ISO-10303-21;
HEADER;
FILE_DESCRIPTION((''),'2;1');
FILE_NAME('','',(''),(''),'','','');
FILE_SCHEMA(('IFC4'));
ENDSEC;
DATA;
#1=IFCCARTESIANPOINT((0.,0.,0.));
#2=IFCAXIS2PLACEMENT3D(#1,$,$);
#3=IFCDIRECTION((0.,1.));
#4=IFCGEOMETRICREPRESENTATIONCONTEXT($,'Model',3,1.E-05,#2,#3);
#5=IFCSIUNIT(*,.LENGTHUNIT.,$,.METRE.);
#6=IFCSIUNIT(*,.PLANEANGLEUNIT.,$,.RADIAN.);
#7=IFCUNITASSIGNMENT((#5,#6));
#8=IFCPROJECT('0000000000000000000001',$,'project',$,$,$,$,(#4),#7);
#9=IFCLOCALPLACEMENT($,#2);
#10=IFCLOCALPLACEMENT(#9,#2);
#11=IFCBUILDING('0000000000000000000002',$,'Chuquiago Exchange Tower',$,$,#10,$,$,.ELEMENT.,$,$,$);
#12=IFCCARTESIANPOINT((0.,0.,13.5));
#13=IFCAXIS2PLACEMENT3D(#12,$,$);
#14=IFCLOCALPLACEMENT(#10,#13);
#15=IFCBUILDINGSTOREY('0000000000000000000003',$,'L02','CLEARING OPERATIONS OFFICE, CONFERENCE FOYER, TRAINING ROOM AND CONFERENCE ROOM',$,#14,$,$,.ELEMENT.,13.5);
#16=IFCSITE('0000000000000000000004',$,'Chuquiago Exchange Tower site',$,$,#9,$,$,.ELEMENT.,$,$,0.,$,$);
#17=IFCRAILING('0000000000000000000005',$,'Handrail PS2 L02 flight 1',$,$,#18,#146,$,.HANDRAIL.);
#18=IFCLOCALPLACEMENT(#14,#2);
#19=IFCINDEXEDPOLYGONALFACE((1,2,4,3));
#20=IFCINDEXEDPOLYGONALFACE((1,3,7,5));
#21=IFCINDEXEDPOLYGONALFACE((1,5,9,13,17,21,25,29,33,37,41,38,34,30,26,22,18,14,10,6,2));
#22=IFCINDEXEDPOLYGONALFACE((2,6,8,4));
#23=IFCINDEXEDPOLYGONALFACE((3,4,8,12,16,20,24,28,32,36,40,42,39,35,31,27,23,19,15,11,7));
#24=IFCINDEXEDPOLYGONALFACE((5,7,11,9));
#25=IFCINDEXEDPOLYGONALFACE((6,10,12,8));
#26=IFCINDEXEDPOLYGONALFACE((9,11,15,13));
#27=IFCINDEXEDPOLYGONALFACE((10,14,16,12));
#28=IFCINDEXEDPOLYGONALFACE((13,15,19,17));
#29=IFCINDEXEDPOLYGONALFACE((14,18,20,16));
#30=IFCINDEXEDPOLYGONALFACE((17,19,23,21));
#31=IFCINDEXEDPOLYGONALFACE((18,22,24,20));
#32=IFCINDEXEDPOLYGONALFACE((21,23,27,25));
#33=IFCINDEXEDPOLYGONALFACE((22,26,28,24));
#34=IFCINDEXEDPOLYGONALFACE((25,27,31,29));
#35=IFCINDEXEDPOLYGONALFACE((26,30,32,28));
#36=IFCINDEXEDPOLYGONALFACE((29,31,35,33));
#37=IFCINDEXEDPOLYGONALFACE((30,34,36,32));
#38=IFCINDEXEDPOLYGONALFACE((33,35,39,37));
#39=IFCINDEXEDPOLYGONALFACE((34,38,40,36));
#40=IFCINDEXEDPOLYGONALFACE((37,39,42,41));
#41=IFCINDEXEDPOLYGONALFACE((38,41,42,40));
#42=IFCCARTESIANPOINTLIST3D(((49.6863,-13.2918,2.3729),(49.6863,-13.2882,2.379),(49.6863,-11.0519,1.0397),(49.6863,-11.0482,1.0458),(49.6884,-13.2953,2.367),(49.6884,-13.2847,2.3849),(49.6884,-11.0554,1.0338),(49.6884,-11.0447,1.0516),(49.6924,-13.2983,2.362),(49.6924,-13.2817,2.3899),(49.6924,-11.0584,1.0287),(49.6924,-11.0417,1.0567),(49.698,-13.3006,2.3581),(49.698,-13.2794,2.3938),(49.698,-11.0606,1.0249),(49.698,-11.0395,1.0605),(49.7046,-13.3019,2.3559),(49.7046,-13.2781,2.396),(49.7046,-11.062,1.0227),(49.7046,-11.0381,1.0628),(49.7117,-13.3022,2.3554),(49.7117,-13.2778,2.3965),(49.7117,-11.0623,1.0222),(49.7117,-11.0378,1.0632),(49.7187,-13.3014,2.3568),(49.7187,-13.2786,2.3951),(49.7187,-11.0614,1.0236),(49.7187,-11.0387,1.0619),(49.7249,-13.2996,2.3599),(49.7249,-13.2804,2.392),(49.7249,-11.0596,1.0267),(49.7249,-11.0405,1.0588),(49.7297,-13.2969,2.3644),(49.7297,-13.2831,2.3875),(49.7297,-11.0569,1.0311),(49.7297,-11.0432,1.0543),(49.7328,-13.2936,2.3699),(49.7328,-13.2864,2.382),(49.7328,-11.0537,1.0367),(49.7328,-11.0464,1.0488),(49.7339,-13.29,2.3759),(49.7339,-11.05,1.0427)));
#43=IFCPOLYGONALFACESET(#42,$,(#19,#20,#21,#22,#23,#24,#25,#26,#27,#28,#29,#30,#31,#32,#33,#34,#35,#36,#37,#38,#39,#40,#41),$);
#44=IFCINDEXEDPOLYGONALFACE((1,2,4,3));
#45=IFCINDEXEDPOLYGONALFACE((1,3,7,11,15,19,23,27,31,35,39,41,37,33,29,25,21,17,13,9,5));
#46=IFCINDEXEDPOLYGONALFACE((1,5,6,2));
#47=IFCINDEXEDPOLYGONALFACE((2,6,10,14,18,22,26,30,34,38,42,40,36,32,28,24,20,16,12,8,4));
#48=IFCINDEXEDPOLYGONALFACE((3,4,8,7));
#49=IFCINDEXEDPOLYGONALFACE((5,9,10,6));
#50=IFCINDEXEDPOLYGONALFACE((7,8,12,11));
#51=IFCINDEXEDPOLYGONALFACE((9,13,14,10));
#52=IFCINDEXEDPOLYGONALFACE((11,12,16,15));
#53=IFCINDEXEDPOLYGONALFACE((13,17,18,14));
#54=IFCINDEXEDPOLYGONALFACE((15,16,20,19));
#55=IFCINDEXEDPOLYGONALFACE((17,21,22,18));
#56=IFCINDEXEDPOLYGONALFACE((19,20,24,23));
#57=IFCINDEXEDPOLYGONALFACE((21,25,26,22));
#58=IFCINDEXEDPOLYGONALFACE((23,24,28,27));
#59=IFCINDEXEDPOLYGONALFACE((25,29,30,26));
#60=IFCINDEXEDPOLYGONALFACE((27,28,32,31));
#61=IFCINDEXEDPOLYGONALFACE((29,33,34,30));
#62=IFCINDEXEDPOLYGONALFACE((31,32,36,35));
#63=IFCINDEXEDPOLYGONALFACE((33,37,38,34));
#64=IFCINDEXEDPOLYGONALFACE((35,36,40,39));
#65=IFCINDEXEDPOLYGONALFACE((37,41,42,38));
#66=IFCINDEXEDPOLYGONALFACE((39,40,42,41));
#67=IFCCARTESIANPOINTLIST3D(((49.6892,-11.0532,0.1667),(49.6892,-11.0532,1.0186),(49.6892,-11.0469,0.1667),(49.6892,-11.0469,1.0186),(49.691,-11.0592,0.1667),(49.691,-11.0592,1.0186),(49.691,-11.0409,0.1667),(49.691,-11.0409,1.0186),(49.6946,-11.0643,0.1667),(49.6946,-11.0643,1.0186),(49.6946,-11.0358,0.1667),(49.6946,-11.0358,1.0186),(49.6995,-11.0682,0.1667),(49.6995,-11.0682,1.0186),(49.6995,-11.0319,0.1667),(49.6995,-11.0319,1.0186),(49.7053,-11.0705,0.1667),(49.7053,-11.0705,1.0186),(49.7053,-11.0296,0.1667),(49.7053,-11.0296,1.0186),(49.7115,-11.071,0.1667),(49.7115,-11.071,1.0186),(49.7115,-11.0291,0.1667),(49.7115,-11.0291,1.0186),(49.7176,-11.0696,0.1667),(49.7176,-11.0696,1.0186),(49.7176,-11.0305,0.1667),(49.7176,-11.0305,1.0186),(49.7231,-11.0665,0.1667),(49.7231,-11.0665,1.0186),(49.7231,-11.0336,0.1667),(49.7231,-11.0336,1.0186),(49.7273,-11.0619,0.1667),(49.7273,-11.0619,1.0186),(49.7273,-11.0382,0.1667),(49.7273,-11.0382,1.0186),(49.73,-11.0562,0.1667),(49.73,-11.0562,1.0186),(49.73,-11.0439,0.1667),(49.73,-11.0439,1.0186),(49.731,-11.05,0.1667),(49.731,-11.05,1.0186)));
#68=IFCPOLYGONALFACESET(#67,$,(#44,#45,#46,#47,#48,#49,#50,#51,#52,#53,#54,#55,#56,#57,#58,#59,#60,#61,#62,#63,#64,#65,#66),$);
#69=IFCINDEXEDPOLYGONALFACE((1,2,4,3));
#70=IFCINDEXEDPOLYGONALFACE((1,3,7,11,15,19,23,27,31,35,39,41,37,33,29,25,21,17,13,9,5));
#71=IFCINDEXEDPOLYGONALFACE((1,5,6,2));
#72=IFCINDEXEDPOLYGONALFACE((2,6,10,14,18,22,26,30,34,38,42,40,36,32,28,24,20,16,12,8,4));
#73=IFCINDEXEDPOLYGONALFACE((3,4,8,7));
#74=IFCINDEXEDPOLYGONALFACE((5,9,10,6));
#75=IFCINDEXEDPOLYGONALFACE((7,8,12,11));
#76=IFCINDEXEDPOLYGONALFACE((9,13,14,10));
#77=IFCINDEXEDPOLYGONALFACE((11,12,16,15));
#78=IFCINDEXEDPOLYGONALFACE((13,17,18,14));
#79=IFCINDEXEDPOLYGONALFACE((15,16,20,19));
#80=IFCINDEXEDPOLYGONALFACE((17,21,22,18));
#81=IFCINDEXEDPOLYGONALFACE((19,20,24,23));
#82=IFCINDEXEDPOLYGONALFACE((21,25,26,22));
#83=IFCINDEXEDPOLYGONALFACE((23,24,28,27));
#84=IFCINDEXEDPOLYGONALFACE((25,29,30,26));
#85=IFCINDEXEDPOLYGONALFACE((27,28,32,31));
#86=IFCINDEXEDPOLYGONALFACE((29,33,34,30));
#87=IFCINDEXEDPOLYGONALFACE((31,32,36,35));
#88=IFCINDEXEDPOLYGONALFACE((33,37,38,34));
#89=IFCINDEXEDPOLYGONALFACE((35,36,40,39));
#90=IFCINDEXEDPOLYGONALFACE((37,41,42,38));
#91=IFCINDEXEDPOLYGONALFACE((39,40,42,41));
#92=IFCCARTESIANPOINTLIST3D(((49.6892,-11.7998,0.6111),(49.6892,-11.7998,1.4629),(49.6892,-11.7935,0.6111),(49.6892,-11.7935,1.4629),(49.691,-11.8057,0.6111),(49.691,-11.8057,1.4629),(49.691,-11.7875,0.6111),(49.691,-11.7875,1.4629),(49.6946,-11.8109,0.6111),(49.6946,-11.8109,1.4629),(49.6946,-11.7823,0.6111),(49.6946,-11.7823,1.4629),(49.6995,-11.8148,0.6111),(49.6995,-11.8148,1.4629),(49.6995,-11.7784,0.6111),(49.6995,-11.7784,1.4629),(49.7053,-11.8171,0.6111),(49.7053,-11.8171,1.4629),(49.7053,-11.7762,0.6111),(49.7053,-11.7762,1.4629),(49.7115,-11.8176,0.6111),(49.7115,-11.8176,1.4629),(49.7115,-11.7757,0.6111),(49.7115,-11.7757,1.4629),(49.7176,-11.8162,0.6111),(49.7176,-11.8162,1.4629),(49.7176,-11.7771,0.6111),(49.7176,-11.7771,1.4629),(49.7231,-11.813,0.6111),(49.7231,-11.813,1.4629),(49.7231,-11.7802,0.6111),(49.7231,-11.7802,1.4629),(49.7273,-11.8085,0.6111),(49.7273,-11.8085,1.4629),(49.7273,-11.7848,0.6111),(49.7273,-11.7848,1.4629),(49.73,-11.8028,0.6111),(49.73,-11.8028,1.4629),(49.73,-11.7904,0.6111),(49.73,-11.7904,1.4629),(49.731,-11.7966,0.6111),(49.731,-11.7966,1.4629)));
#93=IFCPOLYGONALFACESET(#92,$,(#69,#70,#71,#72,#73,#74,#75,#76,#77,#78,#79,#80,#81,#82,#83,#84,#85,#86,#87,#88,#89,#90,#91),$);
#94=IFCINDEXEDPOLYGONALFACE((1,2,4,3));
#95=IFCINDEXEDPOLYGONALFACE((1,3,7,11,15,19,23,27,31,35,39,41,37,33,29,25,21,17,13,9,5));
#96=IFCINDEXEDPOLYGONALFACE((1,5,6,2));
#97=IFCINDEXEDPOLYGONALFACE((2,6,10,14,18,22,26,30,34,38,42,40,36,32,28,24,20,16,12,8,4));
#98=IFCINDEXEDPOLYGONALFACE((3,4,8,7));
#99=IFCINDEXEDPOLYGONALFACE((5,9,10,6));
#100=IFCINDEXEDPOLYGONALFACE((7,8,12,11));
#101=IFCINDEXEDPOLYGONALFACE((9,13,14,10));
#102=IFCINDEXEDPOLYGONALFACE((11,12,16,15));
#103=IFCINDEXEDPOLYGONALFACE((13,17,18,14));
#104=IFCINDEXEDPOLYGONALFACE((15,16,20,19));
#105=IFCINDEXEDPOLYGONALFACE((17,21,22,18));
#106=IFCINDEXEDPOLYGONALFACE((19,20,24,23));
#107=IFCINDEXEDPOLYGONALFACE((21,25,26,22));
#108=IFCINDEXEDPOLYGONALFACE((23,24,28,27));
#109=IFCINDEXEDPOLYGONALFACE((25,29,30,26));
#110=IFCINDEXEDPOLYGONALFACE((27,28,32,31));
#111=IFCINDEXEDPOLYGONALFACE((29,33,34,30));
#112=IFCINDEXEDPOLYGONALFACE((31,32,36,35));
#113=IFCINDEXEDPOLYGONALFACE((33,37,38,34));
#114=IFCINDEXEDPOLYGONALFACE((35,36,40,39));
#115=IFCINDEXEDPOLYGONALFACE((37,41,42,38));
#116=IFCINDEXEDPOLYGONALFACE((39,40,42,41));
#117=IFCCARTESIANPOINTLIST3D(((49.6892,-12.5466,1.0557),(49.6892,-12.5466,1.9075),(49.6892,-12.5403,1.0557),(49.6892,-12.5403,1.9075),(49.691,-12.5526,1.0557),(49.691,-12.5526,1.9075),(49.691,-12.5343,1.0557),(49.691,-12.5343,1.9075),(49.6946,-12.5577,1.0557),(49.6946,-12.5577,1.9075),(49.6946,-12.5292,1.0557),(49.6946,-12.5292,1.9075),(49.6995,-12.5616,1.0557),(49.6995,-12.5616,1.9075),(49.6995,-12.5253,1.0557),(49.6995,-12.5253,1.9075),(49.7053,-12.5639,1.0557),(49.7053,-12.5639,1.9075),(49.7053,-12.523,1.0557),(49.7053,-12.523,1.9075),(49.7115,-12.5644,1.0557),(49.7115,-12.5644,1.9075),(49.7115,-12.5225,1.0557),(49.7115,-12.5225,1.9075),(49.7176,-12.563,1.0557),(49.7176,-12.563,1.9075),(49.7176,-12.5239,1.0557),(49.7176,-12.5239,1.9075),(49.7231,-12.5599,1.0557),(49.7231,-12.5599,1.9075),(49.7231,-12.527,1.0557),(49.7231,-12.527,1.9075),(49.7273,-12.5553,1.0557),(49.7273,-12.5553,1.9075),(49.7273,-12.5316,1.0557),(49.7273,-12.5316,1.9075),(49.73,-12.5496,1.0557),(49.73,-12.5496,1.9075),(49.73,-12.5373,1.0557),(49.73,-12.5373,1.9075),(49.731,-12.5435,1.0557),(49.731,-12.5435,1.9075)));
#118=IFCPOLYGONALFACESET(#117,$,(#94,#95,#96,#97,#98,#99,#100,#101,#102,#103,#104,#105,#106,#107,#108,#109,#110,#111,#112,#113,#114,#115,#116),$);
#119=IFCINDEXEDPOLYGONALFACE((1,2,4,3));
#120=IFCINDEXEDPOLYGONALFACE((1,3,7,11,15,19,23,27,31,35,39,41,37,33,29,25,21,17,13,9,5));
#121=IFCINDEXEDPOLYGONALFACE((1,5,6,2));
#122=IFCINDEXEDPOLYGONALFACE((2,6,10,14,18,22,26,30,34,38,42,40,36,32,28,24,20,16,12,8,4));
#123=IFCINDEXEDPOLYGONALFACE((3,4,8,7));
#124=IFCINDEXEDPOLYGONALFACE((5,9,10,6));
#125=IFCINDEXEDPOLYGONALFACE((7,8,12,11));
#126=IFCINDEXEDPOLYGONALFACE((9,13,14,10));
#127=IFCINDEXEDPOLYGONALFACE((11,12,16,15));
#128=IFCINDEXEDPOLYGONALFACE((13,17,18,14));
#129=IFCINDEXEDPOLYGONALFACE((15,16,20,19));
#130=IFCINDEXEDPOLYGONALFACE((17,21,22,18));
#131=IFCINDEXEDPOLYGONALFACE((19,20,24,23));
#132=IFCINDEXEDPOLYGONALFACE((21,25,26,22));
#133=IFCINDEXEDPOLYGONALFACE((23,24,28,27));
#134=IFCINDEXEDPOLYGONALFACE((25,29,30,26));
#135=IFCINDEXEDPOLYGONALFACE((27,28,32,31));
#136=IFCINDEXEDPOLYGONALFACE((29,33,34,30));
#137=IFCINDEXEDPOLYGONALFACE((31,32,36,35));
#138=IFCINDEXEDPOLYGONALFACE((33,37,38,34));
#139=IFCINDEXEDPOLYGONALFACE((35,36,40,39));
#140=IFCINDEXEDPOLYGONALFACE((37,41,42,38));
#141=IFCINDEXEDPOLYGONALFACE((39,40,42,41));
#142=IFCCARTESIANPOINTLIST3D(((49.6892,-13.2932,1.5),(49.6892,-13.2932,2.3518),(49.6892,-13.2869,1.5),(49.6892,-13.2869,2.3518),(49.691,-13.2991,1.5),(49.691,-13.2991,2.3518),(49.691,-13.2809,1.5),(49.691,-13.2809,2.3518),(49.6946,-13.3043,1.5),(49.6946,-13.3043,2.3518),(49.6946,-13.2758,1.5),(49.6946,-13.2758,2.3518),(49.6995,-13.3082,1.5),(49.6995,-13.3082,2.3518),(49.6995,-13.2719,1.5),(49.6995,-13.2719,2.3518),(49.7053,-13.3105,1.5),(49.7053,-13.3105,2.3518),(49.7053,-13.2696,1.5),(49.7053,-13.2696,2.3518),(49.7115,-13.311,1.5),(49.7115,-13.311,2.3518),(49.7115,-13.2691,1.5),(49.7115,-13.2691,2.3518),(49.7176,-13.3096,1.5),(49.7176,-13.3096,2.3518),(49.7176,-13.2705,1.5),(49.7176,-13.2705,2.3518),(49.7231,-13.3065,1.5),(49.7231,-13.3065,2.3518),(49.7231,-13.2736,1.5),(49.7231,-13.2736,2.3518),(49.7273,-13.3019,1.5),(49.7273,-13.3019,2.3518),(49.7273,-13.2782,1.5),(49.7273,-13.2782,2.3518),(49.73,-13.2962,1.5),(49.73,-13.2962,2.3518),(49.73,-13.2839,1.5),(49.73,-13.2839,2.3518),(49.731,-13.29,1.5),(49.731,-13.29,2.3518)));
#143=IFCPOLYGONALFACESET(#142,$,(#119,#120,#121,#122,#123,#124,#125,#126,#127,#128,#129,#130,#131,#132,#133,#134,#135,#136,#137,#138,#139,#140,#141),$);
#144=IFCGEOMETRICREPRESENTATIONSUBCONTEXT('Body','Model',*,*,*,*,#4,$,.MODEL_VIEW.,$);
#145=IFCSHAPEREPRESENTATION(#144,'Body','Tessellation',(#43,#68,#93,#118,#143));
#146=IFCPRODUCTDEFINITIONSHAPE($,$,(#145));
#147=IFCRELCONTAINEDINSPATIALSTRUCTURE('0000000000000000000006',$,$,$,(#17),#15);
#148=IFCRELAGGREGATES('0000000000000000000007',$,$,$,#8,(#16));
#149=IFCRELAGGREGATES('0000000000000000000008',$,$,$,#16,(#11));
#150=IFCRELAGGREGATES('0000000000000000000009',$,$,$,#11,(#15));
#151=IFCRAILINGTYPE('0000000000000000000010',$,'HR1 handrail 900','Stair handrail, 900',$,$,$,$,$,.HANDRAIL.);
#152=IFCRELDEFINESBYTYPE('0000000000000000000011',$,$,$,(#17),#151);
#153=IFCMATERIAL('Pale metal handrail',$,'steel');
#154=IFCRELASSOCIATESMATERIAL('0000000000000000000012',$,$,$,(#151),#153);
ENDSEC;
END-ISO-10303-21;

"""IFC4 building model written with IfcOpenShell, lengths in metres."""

from ifc_helpers import new_model, si_unit, direction, frame, origin, origin_2d, place, context, subcontext, project, spatial, circle, extrude, material, type_object, element, save


model = new_model("IFC4")

# Units and contexts
model_context = context("Model", 3, precision=1e-05, world=origin(), true_north=direction((0.0, 1.0)))
body_context = subcontext(model_context, "Body", "Model", "MODEL_VIEW")
ifc_project = project(units=[si_unit("LENGTHUNIT", "METRE"), si_unit("PLANEANGLEUNIT", "RADIAN")], contexts=[model_context])

# Site, building, storey
site_placement = place(None, origin())
site = spatial("IfcSite", under=ifc_project, at=site_placement, Name="Chuquiago Exchange Tower site", CompositionType="ELEMENT", RefElevation=0.0)
building_placement = place(site_placement, origin())
building = spatial("IfcBuilding", under=site, at=building_placement, Name="Chuquiago Exchange Tower", CompositionType="ELEMENT")
storey_placement = place(building_placement, frame((0.0, 0.0, 13.5)))
storey = spatial("IfcBuildingStorey", under=building, at=storey_placement, Name="L02", Description="CLEARING OPERATIONS OFFICE, CONFERENCE FOYER, TRAINING ROOM AND CONFERENCE ROOM", CompositionType="ELEMENT", Elevation=13.5)

# Railing
ifc_material_1 = material(Name="Pale metal handrail", Category="steel")
railing_type = type_object("IfcRailingType", Name="HR1 handrail 900", Description="Stair handrail, 900", PredefinedType="HANDRAIL", material=ifc_material_1)
for number, where, name in (
    (1, (49.71, -11.05, 0.1667), "Handrail PS2 L02 flight 1"),
):
    element("IfcRailing", number, at=place(storey_placement, frame(where)), inside=storey, type_object=railing_type, Name=name, PredefinedType="HANDRAIL", context=body_context, shape_type="SweptSolid", body=[
        extrude(circle(Radius=0.0239, at=origin_2d()), frame((0.0, 0.0, 0.876), z_axis=(0.0, -0.859306, 0.511462), x_axis=(1.0, 0.0, 0.0)), (0.0, 0.0, 1.0), 2.6067),
        extrude(circle(Radius=0.021, at=origin_2d()), origin(), (0.0, 0.0, 1.0), 0.8518),
        extrude(circle(Radius=0.021, at=origin_2d()), frame((0.0, -0.7466, 0.4443)), (0.0, 0.0, 1.0), 0.8518),
        extrude(circle(Radius=0.021, at=origin_2d()), frame((0.0, -1.4934, 0.8889)), (0.0, 0.0, 1.0), 0.8518),
        extrude(circle(Radius=0.021, at=origin_2d()), frame((0.0, -2.24, 1.3333)), (0.0, 0.0, 1.0), 0.8518),
    ])

save(model, "model.ifc")
